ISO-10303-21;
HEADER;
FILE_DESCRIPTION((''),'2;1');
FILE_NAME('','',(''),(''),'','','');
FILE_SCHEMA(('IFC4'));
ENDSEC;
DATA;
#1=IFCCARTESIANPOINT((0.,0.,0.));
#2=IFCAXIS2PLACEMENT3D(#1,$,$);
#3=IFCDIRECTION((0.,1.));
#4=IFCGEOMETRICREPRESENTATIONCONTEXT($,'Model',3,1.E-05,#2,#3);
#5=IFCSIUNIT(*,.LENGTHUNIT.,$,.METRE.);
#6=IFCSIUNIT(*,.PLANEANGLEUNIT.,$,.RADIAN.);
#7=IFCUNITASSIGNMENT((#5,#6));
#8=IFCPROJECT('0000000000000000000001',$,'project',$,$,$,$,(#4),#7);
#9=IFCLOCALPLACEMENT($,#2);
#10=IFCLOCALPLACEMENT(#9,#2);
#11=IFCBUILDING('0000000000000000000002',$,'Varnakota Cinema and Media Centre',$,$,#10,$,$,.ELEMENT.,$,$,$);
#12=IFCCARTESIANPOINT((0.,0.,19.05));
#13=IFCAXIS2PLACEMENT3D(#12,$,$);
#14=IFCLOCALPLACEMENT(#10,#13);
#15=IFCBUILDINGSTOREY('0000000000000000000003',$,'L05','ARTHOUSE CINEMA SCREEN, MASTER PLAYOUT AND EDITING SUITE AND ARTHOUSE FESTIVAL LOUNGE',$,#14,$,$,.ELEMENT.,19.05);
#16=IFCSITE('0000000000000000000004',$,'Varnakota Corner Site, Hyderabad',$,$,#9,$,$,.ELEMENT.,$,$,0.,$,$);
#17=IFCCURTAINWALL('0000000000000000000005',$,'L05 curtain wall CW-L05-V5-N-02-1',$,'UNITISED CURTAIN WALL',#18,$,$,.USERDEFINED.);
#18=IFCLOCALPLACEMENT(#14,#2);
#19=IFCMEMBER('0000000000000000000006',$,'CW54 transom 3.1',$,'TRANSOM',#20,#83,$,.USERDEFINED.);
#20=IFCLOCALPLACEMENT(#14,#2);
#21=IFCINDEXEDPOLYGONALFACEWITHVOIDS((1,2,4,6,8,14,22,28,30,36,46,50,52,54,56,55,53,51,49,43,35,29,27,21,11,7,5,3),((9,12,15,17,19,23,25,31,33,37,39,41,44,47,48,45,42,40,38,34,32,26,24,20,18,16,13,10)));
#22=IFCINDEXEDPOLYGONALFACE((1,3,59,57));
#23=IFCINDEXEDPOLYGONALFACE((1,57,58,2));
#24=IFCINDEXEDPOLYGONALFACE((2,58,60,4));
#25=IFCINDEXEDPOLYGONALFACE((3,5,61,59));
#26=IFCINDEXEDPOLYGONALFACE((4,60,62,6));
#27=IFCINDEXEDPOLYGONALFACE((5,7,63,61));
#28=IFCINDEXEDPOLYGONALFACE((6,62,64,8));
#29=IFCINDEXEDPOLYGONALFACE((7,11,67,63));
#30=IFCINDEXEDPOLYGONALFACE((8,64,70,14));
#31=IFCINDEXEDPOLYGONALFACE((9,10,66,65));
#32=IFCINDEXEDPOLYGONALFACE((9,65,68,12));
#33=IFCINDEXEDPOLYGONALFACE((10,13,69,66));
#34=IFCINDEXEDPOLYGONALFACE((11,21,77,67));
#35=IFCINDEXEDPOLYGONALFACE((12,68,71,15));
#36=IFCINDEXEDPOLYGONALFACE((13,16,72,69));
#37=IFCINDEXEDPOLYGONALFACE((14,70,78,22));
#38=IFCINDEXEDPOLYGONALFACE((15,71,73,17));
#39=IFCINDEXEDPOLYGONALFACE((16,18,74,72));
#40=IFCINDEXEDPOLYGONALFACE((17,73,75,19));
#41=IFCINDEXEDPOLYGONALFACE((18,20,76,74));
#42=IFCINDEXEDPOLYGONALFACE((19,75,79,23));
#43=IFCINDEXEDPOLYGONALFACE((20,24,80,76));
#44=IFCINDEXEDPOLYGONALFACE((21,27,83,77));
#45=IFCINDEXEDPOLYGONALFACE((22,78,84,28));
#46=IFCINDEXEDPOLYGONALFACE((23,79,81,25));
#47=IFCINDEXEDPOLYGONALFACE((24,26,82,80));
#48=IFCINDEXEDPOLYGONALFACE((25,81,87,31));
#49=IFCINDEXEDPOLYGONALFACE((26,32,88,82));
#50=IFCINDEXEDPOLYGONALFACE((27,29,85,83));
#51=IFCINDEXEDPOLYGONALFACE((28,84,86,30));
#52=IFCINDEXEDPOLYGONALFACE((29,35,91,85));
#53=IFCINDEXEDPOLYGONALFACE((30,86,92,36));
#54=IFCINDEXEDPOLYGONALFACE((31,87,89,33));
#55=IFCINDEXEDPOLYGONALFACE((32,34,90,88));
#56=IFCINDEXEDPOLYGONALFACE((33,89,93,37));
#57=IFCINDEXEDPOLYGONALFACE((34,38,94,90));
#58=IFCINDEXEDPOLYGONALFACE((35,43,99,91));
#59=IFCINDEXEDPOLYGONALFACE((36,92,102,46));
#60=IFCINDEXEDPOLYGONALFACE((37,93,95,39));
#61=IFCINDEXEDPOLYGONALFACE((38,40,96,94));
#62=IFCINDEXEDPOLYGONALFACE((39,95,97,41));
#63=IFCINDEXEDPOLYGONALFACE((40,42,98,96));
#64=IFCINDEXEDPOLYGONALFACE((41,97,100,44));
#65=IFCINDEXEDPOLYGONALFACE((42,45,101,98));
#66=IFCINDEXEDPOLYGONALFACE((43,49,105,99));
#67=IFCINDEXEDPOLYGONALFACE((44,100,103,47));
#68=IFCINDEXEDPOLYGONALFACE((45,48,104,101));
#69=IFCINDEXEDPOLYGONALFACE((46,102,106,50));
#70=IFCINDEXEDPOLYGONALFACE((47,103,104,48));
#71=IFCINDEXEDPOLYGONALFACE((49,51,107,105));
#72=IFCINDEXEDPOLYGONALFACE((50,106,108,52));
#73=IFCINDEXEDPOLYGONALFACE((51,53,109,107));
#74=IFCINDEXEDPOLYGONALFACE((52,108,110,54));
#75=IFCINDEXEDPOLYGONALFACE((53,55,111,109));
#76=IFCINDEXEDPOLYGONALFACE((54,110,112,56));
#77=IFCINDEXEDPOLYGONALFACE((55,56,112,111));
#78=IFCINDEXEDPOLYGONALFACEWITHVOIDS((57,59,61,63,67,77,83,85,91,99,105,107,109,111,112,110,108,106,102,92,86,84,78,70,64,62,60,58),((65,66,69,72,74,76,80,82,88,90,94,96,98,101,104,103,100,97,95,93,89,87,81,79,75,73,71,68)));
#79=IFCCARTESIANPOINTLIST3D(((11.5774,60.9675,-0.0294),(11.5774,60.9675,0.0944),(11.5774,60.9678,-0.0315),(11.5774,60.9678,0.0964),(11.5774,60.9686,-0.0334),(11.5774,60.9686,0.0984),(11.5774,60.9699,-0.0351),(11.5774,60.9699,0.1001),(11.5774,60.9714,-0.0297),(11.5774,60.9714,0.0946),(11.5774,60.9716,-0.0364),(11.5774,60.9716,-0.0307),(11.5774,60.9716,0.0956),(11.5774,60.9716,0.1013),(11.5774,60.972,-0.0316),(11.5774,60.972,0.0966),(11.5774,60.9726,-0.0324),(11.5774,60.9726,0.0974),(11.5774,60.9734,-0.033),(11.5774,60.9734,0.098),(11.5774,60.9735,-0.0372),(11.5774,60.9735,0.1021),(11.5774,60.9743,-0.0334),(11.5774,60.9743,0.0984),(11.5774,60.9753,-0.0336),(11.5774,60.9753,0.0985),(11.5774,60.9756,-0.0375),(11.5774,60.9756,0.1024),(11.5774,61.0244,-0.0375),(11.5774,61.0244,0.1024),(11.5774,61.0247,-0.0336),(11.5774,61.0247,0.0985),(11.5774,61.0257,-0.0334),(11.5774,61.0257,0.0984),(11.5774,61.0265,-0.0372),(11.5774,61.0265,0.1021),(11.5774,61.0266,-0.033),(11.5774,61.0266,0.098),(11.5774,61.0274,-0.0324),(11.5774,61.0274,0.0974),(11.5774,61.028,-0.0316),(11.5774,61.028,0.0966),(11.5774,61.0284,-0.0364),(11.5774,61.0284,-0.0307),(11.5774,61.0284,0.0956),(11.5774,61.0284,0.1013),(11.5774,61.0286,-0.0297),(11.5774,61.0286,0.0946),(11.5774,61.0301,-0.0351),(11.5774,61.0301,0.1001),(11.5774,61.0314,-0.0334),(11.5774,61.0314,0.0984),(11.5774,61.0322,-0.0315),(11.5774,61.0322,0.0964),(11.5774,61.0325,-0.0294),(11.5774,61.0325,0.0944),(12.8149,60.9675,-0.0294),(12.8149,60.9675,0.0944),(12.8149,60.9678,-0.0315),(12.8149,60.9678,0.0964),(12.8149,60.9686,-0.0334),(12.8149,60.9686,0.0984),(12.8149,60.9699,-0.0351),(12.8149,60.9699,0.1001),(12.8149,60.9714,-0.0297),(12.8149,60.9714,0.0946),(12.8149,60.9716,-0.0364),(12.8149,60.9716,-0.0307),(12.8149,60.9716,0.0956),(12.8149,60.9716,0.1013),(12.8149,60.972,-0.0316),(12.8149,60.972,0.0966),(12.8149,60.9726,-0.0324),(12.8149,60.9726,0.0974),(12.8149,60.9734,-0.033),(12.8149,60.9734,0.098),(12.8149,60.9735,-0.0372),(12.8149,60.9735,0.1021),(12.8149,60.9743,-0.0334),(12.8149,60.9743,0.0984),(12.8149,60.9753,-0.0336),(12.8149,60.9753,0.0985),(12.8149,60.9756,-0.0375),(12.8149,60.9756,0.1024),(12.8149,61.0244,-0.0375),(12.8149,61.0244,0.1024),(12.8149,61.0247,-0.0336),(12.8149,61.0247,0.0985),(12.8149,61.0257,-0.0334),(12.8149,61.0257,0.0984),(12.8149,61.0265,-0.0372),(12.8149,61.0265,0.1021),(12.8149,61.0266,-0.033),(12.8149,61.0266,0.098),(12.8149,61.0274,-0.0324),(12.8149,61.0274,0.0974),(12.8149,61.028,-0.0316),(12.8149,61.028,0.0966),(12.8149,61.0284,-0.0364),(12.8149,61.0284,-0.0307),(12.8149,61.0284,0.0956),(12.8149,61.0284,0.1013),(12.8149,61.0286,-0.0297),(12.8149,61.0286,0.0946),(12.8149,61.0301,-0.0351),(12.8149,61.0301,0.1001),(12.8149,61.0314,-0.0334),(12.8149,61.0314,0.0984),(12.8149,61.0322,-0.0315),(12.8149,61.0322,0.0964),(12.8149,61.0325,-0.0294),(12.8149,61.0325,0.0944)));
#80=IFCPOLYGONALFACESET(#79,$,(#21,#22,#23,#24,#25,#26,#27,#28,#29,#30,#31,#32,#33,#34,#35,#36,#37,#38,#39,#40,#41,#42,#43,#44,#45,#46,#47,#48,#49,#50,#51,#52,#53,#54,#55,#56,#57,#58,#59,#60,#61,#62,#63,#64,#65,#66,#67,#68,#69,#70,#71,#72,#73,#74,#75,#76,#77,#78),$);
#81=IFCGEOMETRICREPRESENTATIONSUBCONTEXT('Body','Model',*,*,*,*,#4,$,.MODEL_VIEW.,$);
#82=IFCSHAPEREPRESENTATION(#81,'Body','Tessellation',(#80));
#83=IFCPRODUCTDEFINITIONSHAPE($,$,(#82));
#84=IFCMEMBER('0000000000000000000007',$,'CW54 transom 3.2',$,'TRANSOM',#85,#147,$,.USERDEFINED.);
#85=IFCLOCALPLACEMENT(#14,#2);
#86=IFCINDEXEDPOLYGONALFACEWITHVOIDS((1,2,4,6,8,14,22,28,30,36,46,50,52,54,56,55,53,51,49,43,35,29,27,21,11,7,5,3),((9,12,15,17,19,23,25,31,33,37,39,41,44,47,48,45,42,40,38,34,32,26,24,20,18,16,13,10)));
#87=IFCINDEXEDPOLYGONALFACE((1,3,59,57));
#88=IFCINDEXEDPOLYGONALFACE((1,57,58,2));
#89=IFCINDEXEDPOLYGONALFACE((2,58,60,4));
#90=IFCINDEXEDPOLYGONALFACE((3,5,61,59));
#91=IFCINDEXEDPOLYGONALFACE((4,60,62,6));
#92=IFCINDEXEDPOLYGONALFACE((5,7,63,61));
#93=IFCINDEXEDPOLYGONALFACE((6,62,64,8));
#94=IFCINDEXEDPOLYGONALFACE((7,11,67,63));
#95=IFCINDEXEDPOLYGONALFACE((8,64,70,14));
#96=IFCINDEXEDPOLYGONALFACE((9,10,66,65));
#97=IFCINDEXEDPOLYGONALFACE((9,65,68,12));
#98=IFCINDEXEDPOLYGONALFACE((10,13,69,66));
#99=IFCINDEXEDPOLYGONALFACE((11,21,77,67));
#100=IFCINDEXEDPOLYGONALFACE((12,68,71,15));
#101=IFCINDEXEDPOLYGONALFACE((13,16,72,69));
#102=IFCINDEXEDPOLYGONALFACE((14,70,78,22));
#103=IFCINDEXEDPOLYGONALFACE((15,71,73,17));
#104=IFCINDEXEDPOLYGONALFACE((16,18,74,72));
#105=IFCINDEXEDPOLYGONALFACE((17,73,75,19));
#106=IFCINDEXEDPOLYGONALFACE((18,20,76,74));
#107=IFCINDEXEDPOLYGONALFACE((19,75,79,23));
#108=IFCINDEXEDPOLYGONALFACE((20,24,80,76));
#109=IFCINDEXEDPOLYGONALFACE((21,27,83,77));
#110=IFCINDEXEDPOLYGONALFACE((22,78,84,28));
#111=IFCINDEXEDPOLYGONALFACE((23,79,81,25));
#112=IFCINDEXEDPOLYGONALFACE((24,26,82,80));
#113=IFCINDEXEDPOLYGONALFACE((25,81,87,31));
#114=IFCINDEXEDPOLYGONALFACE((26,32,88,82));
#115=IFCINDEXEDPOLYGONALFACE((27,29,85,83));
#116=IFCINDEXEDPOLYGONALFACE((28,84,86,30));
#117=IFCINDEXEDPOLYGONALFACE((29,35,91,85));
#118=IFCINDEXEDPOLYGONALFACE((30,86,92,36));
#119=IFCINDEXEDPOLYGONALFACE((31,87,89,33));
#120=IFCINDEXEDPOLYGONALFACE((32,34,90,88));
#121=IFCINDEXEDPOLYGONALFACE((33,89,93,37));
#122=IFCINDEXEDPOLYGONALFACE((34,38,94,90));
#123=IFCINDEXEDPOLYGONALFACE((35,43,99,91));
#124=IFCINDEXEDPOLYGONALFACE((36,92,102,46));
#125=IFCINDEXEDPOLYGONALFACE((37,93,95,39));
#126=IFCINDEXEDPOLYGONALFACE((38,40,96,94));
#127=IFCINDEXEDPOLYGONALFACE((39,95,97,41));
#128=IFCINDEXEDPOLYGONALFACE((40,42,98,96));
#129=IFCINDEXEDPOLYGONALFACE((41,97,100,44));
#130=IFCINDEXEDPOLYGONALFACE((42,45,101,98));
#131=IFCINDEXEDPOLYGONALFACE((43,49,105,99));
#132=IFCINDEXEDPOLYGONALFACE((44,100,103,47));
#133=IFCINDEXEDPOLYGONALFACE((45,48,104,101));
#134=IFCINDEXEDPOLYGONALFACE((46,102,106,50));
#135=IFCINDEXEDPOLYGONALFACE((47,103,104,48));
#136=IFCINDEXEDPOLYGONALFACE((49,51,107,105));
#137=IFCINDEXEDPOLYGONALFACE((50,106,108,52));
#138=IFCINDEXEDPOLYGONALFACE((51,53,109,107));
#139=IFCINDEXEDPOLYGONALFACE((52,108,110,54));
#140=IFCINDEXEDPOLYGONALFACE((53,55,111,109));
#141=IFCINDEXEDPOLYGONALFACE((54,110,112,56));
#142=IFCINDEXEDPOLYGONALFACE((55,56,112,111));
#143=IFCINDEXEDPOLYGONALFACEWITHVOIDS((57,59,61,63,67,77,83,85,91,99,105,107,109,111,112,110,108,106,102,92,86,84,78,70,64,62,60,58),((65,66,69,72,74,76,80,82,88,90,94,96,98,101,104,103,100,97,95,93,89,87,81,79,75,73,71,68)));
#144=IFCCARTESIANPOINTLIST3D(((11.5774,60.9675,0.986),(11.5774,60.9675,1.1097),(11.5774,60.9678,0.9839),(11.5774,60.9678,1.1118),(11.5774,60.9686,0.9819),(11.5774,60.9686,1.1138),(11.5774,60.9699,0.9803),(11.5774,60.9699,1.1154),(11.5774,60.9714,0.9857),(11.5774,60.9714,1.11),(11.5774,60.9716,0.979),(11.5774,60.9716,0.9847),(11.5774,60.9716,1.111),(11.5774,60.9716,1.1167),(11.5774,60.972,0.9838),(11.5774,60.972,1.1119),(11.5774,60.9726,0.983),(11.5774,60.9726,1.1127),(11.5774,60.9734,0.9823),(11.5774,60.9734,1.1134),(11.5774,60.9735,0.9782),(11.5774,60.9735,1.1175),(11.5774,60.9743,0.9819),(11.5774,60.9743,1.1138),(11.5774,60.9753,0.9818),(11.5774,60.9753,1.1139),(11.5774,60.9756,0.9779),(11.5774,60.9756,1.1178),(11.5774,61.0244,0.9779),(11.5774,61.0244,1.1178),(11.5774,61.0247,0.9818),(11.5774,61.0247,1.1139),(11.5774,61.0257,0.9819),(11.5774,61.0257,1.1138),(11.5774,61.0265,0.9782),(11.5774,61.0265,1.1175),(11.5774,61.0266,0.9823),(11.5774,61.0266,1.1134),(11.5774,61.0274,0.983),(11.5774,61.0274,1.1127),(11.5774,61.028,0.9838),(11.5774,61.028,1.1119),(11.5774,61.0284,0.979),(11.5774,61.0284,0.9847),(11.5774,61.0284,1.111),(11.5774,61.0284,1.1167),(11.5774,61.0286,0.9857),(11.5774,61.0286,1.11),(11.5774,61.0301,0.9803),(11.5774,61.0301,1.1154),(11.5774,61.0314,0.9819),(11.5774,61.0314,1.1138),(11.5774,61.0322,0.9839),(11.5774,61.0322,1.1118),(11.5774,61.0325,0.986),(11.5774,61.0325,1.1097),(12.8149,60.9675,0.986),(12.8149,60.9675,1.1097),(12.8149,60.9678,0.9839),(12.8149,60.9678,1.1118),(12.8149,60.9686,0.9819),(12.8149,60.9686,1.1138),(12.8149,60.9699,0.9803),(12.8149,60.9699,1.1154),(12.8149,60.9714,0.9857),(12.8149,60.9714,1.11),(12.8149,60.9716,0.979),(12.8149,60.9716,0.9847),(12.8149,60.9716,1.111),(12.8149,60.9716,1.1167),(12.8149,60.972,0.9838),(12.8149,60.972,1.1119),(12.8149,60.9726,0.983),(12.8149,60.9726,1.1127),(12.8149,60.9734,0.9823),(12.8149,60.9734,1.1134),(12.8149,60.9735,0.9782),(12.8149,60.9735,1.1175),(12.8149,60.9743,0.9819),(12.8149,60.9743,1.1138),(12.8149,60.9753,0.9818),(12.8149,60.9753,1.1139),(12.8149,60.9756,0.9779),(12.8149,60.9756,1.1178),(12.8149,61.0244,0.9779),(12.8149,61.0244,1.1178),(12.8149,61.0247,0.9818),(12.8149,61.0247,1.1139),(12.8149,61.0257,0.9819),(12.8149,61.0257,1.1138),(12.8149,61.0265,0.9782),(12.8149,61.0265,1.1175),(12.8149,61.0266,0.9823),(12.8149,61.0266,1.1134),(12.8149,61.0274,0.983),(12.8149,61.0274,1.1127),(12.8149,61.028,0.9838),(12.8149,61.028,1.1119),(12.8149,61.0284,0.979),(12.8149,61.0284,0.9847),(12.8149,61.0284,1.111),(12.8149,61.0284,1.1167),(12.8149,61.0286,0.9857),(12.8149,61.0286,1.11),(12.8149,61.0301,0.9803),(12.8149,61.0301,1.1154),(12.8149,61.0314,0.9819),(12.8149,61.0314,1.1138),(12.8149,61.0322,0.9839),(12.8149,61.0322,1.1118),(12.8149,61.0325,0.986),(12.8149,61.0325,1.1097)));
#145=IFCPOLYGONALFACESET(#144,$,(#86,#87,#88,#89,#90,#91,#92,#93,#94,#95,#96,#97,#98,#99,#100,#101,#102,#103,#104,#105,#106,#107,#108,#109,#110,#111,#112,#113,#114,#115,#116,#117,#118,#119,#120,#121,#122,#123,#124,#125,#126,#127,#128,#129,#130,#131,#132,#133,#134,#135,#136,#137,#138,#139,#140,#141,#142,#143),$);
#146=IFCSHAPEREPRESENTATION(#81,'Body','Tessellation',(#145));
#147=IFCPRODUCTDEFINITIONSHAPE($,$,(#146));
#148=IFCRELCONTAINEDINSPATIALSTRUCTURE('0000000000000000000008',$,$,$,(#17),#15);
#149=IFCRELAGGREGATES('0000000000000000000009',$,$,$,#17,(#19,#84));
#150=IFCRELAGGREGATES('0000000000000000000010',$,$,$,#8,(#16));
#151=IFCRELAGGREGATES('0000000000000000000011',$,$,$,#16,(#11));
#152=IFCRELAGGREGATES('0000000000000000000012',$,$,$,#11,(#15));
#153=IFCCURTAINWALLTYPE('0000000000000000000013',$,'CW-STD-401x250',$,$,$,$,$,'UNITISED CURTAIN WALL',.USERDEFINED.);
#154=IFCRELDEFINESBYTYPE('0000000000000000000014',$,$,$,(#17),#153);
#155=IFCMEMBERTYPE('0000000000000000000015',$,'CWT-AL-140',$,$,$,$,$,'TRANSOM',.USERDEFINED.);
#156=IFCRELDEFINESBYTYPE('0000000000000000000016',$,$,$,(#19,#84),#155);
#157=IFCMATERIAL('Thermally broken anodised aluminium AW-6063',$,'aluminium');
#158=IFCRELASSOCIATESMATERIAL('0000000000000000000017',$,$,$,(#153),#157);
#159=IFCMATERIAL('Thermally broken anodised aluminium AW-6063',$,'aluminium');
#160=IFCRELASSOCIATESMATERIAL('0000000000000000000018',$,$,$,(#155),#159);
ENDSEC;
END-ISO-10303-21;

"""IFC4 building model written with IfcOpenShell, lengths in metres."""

from ifc_helpers import new_model, si_unit, direction, frame, origin, origin_2d, place, context, subcontext, project, spatial, hollow_rectangle, extrude, material, material_profile, profile_set, type_object, element, aggregate, save


model = new_model("IFC4")

# Units and contexts
model_context = context("Model", 3, precision=1e-05, world=origin(), true_north=direction((0.0, 1.0)))
body_context = subcontext(model_context, "Body", "Model", "MODEL_VIEW")
ifc_project = project(units=[si_unit("LENGTHUNIT", "METRE"), si_unit("PLANEANGLEUNIT", "RADIAN")], contexts=[model_context])

# Site, building, storey
site_placement = place(None, origin())
site = spatial("IfcSite", under=ifc_project, at=site_placement, Name="Varnakota Corner Site, Hyderabad", CompositionType="ELEMENT", RefElevation=0.0)
building_placement = place(site_placement, origin())
building = spatial("IfcBuilding", under=site, at=building_placement, Name="Varnakota Cinema and Media Centre", CompositionType="ELEMENT")
storey_placement = place(building_placement, frame((0.0, 0.0, 19.05)))
storey = spatial("IfcBuildingStorey", under=building, at=storey_placement, Name="L05", Description="ARTHOUSE CINEMA SCREEN, MASTER PLAYOUT AND EDITING SUITE AND ARTHOUSE FESTIVAL LOUNGE", CompositionType="ELEMENT", Elevation=19.05)

# Curtain wall
ifc_material_1 = material(Name="Thermally broken anodised aluminium AW-6063", Category="aluminium")
curtain_wall_type = type_object("IfcCurtainWallType", Name="CW-STD-401x250", ElementType="UNITISED CURTAIN WALL", PredefinedType="USERDEFINED", material=ifc_material_1)
curtain_wall_1_placement = place(storey_placement, origin())
curtain_wall_1 = element("IfcCurtainWall", 1, at=curtain_wall_1_placement, inside=storey, type_object=curtain_wall_type, Name="L05 curtain wall CW-L05-V5-N-02-1", ObjectType="UNITISED CURTAIN WALL", PredefinedType="USERDEFINED")

# Members
ifc_material_2 = material(Name="Thermally broken anodised aluminium AW-6063", Category="aluminium")
ifc_material_profile_1 = material_profile(ifc_material_2, hollow_rectangle(XDim=0.0649, YDim=0.1399, WallThickness=0.0039, InnerFilletRadius=0.0039, OuterFilletRadius=0.0081, at=origin_2d()), Name="AL-TRANSOM 140x65x4")
ifc_profile_set_1 = profile_set([ifc_material_profile_1], Name="Thermally broken anodised aluminium AW-6063")
member_type_1 = type_object("IfcMemberType", Name="CWT-AL-140", ElementType="TRANSOM", PredefinedType="USERDEFINED", material=ifc_profile_set_1)
member_1_placement = place(storey_placement, frame((11.5774, 61.0, 0.0325), z_axis=(1.0, 0.0, 0.0), x_axis=(0.0, 1.0, 0.0)))
member_1 = element("IfcMember", 2, at=member_1_placement, type_object=member_type_1, Name="CW54 transom 3.1", ObjectType="TRANSOM", PredefinedType="USERDEFINED", context=body_context, shape_type="SweptSolid", body=[
    extrude(hollow_rectangle(XDim=0.0649, YDim=0.1399, WallThickness=0.0039, InnerFilletRadius=0.0039, OuterFilletRadius=0.0081, at=origin_2d()), origin(), (0.0, 0.0, 1.0), 1.2375),
])
member_2_placement = place(storey_placement, frame((11.5774, 61.0, 1.0479), z_axis=(1.0, 0.0, 0.0), x_axis=(0.0, 1.0, 0.0)))
member_2 = element("IfcMember", 3, at=member_2_placement, type_object=member_type_1, Name="CW54 transom 3.2", ObjectType="TRANSOM", PredefinedType="USERDEFINED", context=body_context, shape_type="SweptSolid", body=[
    extrude(hollow_rectangle(XDim=0.0649, YDim=0.1399, WallThickness=0.0039, InnerFilletRadius=0.0039, OuterFilletRadius=0.0081, at=origin_2d()), origin(), (0.0, 0.0, 1.0), 1.2375),
])

aggregate(curtain_wall_1, [member_1, member_2])

save(model, "model.ifc")
